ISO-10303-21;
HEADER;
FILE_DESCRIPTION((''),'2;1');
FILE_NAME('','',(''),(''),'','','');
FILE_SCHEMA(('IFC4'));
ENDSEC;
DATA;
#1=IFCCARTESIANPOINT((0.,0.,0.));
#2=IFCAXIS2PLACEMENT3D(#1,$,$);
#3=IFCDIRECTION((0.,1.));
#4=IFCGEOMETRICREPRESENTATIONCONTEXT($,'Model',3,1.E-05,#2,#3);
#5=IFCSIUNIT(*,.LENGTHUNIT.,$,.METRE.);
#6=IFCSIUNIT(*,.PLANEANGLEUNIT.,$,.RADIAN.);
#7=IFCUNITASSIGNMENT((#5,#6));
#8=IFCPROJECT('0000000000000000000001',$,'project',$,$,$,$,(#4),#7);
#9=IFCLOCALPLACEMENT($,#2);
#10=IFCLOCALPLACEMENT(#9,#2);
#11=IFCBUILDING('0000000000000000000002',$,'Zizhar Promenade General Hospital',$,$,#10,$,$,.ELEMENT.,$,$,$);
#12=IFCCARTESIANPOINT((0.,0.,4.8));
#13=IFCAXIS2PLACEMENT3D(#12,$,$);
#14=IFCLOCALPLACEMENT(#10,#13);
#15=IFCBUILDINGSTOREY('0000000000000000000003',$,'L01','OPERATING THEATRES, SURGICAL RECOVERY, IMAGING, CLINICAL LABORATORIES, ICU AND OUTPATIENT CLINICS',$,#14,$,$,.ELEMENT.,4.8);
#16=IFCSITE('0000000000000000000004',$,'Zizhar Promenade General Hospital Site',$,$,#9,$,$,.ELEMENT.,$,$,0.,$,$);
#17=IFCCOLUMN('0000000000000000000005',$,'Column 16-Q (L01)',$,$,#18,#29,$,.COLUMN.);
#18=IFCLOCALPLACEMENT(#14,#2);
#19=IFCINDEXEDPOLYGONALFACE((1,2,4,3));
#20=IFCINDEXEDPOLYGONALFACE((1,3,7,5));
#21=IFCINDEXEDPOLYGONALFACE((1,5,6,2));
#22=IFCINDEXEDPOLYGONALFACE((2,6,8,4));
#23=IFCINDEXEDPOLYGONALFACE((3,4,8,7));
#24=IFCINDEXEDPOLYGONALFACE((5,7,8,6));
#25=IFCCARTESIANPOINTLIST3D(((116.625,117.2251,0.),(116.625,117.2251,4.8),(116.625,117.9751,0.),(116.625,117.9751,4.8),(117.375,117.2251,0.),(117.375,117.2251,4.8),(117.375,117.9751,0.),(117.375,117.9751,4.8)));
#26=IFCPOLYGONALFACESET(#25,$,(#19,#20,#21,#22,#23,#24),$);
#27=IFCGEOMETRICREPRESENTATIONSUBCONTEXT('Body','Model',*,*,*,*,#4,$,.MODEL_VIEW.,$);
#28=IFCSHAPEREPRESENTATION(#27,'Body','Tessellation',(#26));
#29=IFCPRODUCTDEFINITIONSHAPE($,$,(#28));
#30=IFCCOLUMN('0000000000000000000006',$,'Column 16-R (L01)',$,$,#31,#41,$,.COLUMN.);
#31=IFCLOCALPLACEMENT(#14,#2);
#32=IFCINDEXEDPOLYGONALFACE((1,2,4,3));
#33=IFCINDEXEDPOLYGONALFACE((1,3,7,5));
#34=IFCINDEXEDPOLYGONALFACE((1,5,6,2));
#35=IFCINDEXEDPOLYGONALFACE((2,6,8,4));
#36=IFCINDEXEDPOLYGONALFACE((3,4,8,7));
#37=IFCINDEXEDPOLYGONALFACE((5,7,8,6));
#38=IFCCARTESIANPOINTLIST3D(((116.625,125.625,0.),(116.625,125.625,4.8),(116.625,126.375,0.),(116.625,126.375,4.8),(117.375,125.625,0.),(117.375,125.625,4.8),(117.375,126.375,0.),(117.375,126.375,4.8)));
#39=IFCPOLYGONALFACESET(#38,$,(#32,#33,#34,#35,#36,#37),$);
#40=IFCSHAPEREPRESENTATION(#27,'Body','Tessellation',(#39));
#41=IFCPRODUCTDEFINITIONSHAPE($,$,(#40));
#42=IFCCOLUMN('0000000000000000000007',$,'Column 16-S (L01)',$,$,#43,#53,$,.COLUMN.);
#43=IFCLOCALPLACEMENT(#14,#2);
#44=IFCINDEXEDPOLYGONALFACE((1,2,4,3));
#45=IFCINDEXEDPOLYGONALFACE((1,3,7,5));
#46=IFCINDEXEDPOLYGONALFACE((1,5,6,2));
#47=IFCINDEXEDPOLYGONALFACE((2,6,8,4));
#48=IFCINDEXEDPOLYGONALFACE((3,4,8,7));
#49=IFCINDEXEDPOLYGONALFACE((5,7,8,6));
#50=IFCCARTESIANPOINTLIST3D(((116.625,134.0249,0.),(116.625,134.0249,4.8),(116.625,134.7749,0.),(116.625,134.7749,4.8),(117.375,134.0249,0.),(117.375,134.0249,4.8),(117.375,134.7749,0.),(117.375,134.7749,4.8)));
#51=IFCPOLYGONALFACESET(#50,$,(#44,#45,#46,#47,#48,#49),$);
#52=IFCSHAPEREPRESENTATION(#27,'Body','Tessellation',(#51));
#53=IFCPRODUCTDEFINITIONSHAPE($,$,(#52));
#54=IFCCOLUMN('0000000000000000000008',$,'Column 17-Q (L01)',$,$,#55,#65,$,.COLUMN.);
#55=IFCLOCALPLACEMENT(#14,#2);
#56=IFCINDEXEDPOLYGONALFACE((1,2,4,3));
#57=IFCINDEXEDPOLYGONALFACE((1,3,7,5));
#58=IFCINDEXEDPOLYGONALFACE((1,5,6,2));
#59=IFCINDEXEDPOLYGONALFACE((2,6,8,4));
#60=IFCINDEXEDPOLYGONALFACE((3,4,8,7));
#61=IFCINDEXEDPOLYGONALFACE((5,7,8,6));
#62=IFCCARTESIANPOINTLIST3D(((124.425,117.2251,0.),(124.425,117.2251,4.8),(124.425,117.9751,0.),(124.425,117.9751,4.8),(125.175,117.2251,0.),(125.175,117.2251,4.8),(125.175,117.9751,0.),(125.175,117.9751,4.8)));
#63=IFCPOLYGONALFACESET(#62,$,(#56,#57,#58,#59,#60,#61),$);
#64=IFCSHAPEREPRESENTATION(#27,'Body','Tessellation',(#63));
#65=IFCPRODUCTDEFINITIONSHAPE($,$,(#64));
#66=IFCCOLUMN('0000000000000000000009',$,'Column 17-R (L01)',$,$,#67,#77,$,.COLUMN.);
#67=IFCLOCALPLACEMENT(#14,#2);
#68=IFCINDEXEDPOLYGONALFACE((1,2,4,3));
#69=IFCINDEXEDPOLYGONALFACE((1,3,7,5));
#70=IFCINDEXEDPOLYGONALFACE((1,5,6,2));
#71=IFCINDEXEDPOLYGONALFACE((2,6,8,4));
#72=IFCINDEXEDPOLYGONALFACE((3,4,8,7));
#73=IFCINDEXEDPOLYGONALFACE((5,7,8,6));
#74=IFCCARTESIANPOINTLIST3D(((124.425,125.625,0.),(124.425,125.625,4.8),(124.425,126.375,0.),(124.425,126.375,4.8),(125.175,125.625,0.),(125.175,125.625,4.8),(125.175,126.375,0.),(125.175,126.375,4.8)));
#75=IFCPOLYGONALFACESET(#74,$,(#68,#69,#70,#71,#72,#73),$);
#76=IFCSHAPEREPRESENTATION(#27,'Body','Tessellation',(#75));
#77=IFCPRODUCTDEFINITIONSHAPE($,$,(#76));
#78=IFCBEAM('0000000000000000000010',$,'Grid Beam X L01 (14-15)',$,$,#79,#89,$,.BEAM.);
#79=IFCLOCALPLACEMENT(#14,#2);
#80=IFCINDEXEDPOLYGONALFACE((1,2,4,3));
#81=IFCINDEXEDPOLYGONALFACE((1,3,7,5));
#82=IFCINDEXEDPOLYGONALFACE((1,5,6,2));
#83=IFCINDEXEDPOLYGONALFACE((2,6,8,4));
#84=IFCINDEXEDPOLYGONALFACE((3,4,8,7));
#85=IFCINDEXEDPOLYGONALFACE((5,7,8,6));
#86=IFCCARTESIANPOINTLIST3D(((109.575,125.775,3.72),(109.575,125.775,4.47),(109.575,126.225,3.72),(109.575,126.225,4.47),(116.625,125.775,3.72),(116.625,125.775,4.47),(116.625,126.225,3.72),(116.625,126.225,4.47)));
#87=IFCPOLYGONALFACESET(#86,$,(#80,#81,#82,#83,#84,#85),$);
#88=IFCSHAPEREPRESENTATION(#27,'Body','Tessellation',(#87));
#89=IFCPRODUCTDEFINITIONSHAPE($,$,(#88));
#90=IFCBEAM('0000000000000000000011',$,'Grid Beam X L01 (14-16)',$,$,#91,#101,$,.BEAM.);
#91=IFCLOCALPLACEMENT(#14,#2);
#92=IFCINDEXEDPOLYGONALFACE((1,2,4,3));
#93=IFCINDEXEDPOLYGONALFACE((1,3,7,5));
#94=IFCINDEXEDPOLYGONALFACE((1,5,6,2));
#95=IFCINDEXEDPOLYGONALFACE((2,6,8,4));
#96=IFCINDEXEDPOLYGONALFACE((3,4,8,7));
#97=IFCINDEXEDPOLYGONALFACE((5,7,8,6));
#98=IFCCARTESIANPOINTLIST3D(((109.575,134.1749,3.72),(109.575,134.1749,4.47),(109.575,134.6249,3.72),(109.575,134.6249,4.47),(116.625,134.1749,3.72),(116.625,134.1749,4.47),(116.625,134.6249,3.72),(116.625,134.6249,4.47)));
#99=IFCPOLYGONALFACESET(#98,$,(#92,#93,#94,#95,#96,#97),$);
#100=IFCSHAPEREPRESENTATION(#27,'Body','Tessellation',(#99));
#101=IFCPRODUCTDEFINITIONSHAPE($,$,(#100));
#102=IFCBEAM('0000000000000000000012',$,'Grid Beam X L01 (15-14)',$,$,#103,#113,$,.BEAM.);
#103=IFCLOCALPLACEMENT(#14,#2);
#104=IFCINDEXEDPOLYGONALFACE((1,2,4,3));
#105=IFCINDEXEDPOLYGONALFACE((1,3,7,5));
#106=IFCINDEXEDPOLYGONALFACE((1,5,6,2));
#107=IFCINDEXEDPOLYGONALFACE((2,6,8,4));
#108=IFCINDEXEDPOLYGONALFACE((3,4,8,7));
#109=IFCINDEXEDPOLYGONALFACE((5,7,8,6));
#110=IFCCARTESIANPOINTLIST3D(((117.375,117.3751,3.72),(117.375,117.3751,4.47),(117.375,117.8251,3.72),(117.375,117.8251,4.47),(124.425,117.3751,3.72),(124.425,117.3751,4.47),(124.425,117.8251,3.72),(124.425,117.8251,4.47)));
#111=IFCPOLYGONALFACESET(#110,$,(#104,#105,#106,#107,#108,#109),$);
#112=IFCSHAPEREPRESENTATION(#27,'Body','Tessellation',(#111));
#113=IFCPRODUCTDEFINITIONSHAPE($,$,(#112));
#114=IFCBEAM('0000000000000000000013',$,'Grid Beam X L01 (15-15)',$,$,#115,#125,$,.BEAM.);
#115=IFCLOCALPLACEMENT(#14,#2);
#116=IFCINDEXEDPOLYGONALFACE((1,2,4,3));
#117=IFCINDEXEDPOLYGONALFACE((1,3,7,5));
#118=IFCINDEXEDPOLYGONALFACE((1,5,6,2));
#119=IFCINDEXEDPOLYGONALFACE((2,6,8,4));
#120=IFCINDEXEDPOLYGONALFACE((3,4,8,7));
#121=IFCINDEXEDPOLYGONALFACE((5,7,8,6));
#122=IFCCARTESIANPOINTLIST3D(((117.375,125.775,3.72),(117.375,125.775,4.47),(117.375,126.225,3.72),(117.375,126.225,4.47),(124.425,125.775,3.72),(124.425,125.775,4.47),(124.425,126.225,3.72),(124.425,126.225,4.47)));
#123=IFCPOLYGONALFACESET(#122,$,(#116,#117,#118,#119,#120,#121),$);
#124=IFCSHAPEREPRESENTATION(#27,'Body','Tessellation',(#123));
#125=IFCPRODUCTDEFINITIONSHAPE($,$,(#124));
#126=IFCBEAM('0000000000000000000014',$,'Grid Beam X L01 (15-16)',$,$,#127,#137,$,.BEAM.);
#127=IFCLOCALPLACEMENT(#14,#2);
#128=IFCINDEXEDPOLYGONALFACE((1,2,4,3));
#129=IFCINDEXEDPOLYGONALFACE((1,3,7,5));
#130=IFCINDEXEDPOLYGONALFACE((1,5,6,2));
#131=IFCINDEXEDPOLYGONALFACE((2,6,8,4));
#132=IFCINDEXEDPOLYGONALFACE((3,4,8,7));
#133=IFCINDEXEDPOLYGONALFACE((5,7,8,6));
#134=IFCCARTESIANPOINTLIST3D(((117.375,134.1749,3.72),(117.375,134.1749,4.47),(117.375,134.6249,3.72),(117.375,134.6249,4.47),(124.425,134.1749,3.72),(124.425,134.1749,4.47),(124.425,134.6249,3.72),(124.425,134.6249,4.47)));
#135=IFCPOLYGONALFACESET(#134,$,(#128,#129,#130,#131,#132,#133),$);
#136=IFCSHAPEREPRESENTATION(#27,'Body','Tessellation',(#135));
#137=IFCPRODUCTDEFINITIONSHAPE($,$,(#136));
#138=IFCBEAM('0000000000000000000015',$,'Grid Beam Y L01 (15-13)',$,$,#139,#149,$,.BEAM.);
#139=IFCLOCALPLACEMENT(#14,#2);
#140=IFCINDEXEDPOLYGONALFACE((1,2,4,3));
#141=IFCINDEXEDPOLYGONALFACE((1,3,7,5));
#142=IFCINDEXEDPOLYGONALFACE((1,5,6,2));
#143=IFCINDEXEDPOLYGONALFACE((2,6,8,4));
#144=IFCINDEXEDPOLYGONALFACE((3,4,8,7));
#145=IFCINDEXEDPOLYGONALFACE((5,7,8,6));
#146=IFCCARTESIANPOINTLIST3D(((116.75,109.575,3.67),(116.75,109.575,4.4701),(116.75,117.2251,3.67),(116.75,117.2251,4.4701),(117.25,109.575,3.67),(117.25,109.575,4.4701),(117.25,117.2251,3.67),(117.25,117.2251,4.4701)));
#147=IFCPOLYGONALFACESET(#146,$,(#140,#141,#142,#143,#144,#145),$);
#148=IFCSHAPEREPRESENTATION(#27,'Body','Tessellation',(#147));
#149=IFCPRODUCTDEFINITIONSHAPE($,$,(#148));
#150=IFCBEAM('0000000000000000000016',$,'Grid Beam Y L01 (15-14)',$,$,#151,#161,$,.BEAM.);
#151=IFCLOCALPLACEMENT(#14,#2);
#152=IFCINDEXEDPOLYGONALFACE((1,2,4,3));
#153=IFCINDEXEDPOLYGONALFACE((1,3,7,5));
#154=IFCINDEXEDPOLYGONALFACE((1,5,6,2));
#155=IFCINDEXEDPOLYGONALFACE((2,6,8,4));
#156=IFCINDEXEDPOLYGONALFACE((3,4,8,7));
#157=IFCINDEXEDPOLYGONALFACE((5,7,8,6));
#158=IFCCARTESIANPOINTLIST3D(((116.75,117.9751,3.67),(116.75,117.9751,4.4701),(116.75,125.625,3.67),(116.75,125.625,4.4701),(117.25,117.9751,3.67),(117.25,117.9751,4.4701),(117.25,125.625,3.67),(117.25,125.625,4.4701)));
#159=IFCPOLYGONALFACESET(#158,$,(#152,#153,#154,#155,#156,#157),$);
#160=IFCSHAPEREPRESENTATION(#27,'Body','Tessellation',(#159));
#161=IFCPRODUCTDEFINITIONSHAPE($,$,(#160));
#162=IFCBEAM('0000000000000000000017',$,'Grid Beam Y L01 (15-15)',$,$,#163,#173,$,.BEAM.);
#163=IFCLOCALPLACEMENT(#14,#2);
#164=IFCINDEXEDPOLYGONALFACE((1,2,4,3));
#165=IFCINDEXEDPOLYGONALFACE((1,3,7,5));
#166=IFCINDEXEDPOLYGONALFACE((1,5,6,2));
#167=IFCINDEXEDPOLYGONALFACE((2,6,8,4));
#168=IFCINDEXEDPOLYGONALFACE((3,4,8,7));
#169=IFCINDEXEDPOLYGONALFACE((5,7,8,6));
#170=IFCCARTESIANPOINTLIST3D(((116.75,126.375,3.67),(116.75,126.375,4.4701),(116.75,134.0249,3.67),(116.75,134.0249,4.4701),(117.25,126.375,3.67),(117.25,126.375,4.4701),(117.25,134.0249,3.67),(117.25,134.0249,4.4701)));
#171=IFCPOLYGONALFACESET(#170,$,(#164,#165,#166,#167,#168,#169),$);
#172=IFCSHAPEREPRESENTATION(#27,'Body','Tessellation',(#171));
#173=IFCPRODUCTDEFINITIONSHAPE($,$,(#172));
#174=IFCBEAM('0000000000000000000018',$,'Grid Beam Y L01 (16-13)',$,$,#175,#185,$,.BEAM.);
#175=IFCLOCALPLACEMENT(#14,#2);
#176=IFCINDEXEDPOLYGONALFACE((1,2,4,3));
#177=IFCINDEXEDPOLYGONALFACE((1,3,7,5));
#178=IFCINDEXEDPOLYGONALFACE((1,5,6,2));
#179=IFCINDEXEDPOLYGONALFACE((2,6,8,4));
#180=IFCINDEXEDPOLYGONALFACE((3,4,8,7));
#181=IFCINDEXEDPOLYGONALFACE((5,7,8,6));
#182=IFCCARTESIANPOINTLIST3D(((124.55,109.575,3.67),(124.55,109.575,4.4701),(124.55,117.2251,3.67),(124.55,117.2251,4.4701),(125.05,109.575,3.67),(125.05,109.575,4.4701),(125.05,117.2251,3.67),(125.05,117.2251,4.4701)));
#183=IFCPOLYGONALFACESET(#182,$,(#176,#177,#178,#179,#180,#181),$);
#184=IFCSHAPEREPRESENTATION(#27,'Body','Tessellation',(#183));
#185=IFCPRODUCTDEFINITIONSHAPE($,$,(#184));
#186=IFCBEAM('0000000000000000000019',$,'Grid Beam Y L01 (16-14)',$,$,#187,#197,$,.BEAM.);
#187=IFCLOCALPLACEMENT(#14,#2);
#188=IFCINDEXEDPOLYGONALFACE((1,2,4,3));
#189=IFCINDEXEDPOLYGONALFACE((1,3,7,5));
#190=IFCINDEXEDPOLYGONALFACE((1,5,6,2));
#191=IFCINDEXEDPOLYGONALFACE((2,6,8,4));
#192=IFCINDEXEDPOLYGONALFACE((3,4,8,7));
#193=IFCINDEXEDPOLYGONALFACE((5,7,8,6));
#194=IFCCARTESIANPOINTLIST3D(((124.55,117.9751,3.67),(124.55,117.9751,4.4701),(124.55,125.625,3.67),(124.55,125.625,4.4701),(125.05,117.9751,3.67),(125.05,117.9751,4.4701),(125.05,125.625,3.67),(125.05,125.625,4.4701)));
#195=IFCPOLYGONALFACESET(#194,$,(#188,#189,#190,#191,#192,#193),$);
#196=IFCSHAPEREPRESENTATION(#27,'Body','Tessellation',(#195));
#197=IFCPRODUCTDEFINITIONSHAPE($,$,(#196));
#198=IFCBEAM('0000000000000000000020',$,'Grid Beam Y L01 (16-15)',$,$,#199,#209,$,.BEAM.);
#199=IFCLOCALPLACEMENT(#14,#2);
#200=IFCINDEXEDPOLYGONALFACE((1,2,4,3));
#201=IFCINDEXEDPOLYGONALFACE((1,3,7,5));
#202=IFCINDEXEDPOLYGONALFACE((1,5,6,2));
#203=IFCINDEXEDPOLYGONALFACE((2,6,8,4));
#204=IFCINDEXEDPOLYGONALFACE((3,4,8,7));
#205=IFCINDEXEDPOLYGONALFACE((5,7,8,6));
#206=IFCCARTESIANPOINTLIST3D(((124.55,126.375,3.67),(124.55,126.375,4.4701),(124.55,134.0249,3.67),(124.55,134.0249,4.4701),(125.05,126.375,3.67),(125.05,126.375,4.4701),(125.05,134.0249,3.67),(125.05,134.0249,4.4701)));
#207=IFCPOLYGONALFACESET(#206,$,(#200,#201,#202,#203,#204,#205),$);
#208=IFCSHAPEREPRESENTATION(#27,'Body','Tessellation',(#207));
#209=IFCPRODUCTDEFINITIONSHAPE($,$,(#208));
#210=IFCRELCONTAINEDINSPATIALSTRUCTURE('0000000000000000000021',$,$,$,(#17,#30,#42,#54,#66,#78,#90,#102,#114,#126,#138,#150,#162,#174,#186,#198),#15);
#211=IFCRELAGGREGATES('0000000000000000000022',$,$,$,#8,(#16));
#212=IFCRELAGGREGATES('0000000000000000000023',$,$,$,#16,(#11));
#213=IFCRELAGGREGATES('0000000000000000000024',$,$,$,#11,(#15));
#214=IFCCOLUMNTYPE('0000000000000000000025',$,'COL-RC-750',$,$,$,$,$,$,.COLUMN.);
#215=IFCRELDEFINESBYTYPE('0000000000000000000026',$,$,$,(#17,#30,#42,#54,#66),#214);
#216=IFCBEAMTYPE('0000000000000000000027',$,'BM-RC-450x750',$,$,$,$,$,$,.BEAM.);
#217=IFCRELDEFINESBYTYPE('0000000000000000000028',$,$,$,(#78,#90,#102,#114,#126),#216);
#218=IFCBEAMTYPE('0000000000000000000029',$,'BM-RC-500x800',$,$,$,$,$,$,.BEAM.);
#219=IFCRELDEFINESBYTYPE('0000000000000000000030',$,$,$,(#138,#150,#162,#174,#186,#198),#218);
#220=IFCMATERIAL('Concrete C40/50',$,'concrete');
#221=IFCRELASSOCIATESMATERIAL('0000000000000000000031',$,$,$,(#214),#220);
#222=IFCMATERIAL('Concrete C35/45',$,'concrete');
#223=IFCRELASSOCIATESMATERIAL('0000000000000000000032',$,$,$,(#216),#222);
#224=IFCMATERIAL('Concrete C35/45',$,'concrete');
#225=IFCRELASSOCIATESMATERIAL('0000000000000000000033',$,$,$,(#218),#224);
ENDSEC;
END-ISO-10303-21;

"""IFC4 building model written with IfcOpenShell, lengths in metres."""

from ifc_helpers import new_model, si_unit, direction, frame, origin, origin_2d, place, context, subcontext, project, spatial, rectangle, extrude, material, material_profile, profile_set, type_object, element, save


model = new_model("IFC4")

# Units and contexts
model_context = context("Model", 3, precision=1e-05, world=origin(), true_north=direction((0.0, 1.0)))
body_context = subcontext(model_context, "Body", "Model", "MODEL_VIEW")
ifc_project = project(units=[si_unit("LENGTHUNIT", "METRE"), si_unit("PLANEANGLEUNIT", "RADIAN")], contexts=[model_context])

# Site, building, storey
site_placement = place(None, origin())
site = spatial("IfcSite", under=ifc_project, at=site_placement, Name="Zizhar Promenade General Hospital Site", CompositionType="ELEMENT", RefElevation=0.0)
building_placement = place(site_placement, origin())
building = spatial("IfcBuilding", under=site, at=building_placement, Name="Zizhar Promenade General Hospital", CompositionType="ELEMENT")
storey_placement = place(building_placement, frame((0.0, 0.0, 4.8)))
storey = spatial("IfcBuildingStorey", under=building, at=storey_placement, Name="L01", Description="OPERATING THEATRES, SURGICAL RECOVERY, IMAGING, CLINICAL LABORATORIES, ICU AND OUTPATIENT CLINICS", CompositionType="ELEMENT", Elevation=4.8)

# Columns
ifc_material_1 = material(Name="Concrete C40/50", Category="concrete")
ifc_material_profile_1 = material_profile(ifc_material_1, rectangle(XDim=0.75, YDim=0.75, at=origin_2d()))
ifc_profile_set_1 = profile_set([ifc_material_profile_1], Name="Concrete C40/50")
column_type = type_object("IfcColumnType", Name="COL-RC-750", PredefinedType="COLUMN", material=ifc_profile_set_1)
for number, where, z_axis, x_axis, name in (
    (1, (117.0, 117.6001, 0.0), (0.0, 0.0, 1.0), (1.0, 0.0, 0.0), "Column 16-Q (L01)"),
    (2, (117.0, 126.0, 0.0), (0.0, 0.0, 1.0), (1.0, 0.0, 0.0), "Column 16-R (L01)"),
    (3, (117.0, 134.3999, 0.0), (0.0, 0.0, 1.0), (1.0, 0.0, 0.0), "Column 16-S (L01)"),
    (4, (124.8, 117.6001, 0.0), (0.0, 0.0, 1.0), (1.0, 0.0, 0.0), "Column 17-Q (L01)"),
    (5, (124.8, 126.0, 0.0), (0.0, 0.0, 1.0), (1.0, 0.0, 0.0), "Column 17-R (L01)"),
):
    element("IfcColumn", number, at=place(storey_placement, frame(where, z_axis=z_axis, x_axis=x_axis)), inside=storey, type_object=column_type, Name=name, PredefinedType="COLUMN", context=body_context, shape_type="SweptSolid", body=[
        extrude(rectangle(XDim=0.75, YDim=0.75, at=origin_2d()), origin(), (0.0, 0.0, 1.0), 4.8),
    ])

# Beams
ifc_material_2 = material(Name="Concrete C35/45", Category="concrete")
ifc_material_profile_2 = material_profile(ifc_material_2, rectangle(XDim=0.45, YDim=0.75, at=origin_2d()))
ifc_profile_set_2 = profile_set([ifc_material_profile_2], Name="Concrete C35/45")
beam_type_1 = type_object("IfcBeamType", Name="BM-RC-450x750", PredefinedType="BEAM", material=ifc_profile_set_2)
for number, where, z_axis, x_axis, name in (
    (6, (109.575, 126.0, 4.095), (1.0, 0.0, 0.0), (0.0, 1.0, 0.0), "Grid Beam X L01 (14-15)"),
    (7, (109.575, 134.3999, 4.095), (1.0, 0.0, 0.0), (0.0, 1.0, 0.0), "Grid Beam X L01 (14-16)"),
    (8, (117.375, 117.6001, 4.095), (1.0, 0.0, 0.0), (0.0, 1.0, 0.0), "Grid Beam X L01 (15-14)"),
    (9, (117.375, 126.0, 4.095), (1.0, 0.0, 0.0), (0.0, 1.0, 0.0), "Grid Beam X L01 (15-15)"),
    (10, (117.375, 134.3999, 4.095), (1.0, 0.0, 0.0), (0.0, 1.0, 0.0), "Grid Beam X L01 (15-16)"),
):
    element("IfcBeam", number, at=place(storey_placement, frame(where, z_axis=z_axis, x_axis=x_axis)), inside=storey, type_object=beam_type_1, Name=name, PredefinedType="BEAM", context=body_context, shape_type="SweptSolid", body=[
        extrude(rectangle(XDim=0.45, YDim=0.75, at=origin_2d()), origin(), (0.0, 0.0, 1.0), 7.05),
    ])
ifc_material_3 = material(Name="Concrete C35/45", Category="concrete")
ifc_material_profile_3 = material_profile(ifc_material_3, rectangle(XDim=0.5, YDim=0.8, at=origin_2d()))
ifc_profile_set_3 = profile_set([ifc_material_profile_3], Name="Concrete C35/45")
beam_type_2 = type_object("IfcBeamType", Name="BM-RC-500x800", PredefinedType="BEAM", material=ifc_profile_set_3)
beam_1_placement = place(storey_placement, frame((117.0, 109.575, 4.0701), z_axis=(0.0, 1.0, 0.0), x_axis=(-1.0, 0.0, 0.0)))
element("IfcBeam", 11, at=beam_1_placement, inside=storey, type_object=beam_type_2, Name="Grid Beam Y L01 (15-13)", PredefinedType="BEAM", context=body_context, shape_type="SweptSolid", body=[
    extrude(rectangle(XDim=0.5, YDim=0.8, at=origin_2d()), origin(), (0.0, 0.0, 1.0), 7.6501),
])
for number, where, z_axis, x_axis, name in (
    (12, (117.0, 117.9751, 4.0701), (0.0, 1.0, 0.0), (-1.0, 0.0, 0.0), "Grid Beam Y L01 (15-14)"),
    (13, (117.0, 126.375, 4.0701), (0.0, 1.0, 0.0), (-1.0, 0.0, 0.0), "Grid Beam Y L01 (15-15)"),
):
    element("IfcBeam", number, at=place(storey_placement, frame(where, z_axis=z_axis, x_axis=x_axis)), inside=storey, type_object=beam_type_2, Name=name, PredefinedType="BEAM", context=body_context, shape_type="SweptSolid", body=[
        extrude(rectangle(XDim=0.5, YDim=0.8, at=origin_2d()), origin(), (0.0, 0.0, 1.0), 7.6499),
    ])
beam_2_placement = place(storey_placement, frame((124.8, 109.575, 4.0701), z_axis=(0.0, 1.0, 0.0), x_axis=(-1.0, 0.0, 0.0)))
element("IfcBeam", 14, at=beam_2_placement, inside=storey, type_object=beam_type_2, Name="Grid Beam Y L01 (16-13)", PredefinedType="BEAM", context=body_context, shape_type="SweptSolid", body=[
    extrude(rectangle(XDim=0.5, YDim=0.8, at=origin_2d()), origin(), (0.0, 0.0, 1.0), 7.6501),
])
for number, where, z_axis, x_axis, name in (
    (15, (124.8, 117.9751, 4.0701), (0.0, 1.0, 0.0), (-1.0, 0.0, 0.0), "Grid Beam Y L01 (16-14)"),
    (16, (124.8, 126.375, 4.0701), (0.0, 1.0, 0.0), (-1.0, 0.0, 0.0), "Grid Beam Y L01 (16-15)"),
):
    element("IfcBeam", number, at=place(storey_placement, frame(where, z_axis=z_axis, x_axis=x_axis)), inside=storey, type_object=beam_type_2, Name=name, PredefinedType="BEAM", context=body_context, shape_type="SweptSolid", body=[
        extrude(rectangle(XDim=0.5, YDim=0.8, at=origin_2d()), origin(), (0.0, 0.0, 1.0), 7.6499),
    ])

save(model, "model.ifc")
